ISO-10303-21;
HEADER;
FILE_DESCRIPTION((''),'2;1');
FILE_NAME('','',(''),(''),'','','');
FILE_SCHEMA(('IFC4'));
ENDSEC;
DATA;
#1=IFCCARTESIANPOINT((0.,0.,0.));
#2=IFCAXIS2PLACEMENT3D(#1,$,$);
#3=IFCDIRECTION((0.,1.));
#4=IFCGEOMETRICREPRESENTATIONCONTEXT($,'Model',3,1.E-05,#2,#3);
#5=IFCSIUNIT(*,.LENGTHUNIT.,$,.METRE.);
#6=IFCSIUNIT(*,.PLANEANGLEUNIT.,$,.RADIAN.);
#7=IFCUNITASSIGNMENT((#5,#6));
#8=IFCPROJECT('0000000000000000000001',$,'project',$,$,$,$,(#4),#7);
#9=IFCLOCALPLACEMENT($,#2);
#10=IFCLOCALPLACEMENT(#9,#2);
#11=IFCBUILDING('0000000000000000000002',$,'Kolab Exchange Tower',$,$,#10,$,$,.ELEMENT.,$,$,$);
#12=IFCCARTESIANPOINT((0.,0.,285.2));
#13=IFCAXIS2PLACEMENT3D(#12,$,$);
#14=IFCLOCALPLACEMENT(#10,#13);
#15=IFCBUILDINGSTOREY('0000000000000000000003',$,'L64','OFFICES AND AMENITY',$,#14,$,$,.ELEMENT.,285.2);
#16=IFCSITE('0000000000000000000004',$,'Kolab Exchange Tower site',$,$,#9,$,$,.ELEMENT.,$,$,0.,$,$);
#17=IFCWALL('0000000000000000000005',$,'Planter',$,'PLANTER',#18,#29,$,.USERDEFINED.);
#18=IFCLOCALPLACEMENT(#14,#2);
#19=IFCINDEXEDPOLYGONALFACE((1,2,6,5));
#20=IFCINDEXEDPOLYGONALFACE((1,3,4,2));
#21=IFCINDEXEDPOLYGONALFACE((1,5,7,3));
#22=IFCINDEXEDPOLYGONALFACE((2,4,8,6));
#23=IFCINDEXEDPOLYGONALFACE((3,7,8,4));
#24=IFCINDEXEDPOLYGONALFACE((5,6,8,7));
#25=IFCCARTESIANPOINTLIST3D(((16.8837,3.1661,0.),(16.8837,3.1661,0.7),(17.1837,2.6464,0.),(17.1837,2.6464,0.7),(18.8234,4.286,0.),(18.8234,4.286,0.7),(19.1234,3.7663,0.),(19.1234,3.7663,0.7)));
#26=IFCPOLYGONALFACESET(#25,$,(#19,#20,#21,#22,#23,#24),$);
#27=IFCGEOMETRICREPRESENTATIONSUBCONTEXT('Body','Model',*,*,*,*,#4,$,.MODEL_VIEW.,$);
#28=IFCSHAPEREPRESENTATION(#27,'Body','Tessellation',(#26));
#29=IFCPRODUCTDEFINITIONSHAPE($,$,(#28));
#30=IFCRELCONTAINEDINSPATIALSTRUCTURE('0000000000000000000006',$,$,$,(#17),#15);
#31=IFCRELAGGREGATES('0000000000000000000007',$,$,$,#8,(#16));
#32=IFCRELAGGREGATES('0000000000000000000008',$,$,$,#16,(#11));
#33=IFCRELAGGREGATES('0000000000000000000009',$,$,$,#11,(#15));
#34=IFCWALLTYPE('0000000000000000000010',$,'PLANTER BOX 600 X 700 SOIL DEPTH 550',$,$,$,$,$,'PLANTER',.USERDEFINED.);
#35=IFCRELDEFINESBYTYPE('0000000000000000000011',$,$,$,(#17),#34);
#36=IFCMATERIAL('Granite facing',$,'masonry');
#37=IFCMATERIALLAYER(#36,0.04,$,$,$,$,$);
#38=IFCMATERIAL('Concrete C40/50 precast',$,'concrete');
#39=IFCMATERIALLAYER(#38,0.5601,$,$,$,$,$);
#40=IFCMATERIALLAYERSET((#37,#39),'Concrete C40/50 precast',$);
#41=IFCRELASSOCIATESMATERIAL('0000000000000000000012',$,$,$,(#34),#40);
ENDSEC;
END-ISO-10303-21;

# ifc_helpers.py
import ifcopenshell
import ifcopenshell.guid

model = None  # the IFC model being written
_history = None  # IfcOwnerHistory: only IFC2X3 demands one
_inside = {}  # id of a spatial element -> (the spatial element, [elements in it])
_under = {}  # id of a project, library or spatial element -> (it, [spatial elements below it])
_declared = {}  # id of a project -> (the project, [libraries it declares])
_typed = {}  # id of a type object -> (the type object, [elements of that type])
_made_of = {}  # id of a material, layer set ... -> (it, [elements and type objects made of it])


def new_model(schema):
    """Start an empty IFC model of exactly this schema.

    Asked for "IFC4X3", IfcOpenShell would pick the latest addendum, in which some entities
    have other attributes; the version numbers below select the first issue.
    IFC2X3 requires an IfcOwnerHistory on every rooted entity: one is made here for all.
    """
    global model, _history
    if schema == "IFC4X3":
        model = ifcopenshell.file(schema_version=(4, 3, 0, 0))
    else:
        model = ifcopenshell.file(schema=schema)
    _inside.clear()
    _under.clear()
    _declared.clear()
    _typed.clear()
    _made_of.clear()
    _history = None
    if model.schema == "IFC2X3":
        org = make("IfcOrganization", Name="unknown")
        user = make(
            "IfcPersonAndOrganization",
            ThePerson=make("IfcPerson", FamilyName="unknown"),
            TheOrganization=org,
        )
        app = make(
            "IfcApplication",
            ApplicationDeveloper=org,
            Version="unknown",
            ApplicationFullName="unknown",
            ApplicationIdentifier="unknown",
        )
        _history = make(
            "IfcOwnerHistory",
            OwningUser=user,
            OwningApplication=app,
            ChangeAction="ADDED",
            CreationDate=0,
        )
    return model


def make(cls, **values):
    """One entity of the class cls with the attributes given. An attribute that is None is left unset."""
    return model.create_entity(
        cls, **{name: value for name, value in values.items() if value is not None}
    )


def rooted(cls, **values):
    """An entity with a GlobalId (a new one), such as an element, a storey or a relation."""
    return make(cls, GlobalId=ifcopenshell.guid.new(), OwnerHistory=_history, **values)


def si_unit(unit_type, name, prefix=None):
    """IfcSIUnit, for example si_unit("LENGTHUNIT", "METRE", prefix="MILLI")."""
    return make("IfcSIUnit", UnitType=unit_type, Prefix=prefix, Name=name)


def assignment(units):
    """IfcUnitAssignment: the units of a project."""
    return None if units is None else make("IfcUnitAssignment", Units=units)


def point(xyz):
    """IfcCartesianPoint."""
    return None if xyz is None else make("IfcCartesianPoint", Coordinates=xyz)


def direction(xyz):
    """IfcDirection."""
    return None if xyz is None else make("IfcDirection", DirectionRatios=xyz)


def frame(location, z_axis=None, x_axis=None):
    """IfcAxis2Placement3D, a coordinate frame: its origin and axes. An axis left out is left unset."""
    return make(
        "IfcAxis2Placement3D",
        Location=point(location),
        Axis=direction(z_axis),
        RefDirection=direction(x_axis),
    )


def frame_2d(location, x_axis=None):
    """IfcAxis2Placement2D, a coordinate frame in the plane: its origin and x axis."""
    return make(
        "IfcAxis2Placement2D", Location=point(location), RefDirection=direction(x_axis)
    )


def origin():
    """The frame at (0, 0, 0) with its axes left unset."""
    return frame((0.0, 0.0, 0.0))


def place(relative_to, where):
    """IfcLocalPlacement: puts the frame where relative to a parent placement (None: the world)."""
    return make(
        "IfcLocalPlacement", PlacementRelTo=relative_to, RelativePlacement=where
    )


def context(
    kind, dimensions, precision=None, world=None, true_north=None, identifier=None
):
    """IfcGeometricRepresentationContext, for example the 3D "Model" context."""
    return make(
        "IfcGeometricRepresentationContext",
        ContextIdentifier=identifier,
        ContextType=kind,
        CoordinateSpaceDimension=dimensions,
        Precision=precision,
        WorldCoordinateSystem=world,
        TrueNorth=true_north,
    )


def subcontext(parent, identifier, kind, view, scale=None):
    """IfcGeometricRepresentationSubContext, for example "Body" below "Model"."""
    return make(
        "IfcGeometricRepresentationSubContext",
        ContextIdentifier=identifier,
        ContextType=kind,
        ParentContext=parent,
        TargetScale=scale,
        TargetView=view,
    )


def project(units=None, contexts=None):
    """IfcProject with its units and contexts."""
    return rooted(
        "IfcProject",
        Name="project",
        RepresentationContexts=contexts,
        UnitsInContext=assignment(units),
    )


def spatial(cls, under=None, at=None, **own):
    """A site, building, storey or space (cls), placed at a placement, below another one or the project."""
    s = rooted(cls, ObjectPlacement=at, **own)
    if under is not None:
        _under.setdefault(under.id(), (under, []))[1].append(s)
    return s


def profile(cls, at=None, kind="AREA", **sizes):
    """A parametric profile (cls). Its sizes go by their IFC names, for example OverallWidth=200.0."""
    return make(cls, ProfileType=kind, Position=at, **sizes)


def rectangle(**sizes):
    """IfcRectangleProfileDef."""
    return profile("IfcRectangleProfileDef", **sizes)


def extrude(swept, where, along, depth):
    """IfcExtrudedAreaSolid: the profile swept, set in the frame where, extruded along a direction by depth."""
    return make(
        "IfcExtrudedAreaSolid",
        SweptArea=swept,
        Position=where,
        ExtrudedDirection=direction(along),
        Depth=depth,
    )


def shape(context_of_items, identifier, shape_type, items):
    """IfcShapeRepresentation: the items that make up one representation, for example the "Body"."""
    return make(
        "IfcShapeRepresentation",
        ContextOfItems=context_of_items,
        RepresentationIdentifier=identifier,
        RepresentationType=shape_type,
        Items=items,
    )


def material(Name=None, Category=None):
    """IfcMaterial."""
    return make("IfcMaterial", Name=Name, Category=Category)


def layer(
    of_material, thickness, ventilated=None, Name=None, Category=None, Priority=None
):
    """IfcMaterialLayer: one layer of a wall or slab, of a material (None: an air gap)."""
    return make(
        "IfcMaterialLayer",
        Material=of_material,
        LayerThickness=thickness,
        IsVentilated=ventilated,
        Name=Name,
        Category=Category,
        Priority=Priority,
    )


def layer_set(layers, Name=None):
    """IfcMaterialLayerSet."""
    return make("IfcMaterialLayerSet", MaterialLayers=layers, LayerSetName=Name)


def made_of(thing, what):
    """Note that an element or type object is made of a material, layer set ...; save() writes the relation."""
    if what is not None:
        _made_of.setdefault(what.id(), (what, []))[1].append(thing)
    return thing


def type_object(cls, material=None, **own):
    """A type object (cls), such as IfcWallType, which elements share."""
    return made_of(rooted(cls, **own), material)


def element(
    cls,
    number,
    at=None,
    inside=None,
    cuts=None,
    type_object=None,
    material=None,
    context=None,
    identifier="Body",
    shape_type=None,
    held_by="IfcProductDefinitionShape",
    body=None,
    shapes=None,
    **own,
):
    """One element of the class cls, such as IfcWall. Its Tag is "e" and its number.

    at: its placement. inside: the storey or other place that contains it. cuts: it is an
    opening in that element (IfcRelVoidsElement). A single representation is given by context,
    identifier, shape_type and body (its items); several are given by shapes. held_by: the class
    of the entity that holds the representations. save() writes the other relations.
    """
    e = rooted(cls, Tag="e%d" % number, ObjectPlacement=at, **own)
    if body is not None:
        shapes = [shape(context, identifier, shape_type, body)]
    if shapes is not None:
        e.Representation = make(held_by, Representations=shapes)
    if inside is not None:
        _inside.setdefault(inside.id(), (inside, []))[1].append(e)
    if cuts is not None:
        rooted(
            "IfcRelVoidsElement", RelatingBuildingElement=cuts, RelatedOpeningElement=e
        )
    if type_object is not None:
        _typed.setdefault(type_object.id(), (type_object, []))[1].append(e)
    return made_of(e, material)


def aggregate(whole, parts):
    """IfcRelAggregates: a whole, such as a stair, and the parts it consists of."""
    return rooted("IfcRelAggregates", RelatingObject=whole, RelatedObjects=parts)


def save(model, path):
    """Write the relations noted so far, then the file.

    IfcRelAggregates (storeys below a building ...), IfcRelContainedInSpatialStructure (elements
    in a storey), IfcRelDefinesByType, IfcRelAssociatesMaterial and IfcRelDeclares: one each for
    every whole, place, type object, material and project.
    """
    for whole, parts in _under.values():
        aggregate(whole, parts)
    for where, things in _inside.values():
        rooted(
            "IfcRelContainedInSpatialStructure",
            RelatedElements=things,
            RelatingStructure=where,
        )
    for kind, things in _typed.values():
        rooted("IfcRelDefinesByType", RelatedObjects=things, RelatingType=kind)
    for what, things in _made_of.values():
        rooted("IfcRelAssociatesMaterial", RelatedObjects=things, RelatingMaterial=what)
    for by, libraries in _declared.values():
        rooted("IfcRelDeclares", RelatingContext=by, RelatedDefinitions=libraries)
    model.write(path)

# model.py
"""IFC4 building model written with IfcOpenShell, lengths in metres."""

from ifc_helpers import new_model, si_unit, direction, frame, frame_2d, origin, place, context, subcontext, project, spatial, rectangle, extrude, material, layer, layer_set, type_object, element, save


model = new_model("IFC4")

# Units and contexts
model_context = context("Model", 3, precision=1e-05, world=origin(), true_north=direction((0.0, 1.0)))
body_context = subcontext(model_context, "Body", "Model", "MODEL_VIEW")
ifc_project = project(units=[si_unit("LENGTHUNIT", "METRE"), si_unit("PLANEANGLEUNIT", "RADIAN")], contexts=[model_context])

# Site, building, storey
site_placement = place(None, origin())
site = spatial("IfcSite", under=ifc_project, at=site_placement, Name="Kolab Exchange Tower site", CompositionType="ELEMENT", RefElevation=0.0)
building_placement = place(site_placement, origin())
building = spatial("IfcBuilding", under=site, at=building_placement, Name="Kolab Exchange Tower", CompositionType="ELEMENT")
storey_placement = place(building_placement, frame((0.0, 0.0, 285.2)))
storey = spatial("IfcBuildingStorey", under=building, at=storey_placement, Name="L64", Description="OFFICES AND AMENITY", CompositionType="ELEMENT", Elevation=285.2)

# Wall
ifc_material_1 = material(Name="Granite facing", Category="masonry")
ifc_layer_1 = layer(ifc_material_1, 0.04)
ifc_material_2 = material(Name="Concrete C40/50 precast", Category="concrete")
ifc_layer_2 = layer(ifc_material_2, 0.5601)
ifc_layer_set_1 = layer_set([ifc_layer_1, ifc_layer_2], Name="Concrete C40/50 precast")
wall_type = type_object("IfcWallType", Name="PLANTER BOX 600 X 700 SOIL DEPTH 550", ElementType="PLANTER", PredefinedType="USERDEFINED", material=ifc_layer_set_1)
wall_placement = place(storey_placement, frame((17.0337, 2.9062, 0.0), z_axis=(0.0, 0.0, 1.0), x_axis=(0.866028, 0.499996, 0.0)))
element("IfcWall", 1, at=wall_placement, inside=storey, type_object=wall_type, Name="Planter", ObjectType="PLANTER", PredefinedType="USERDEFINED", context=body_context, shape_type="SweptSolid", body=[
    extrude(rectangle(XDim=2.2397, YDim=0.6001, at=frame_2d((1.1199, 0.0))), origin(), (0.0, 0.0, 1.0), 0.7),
])

save(model, "model.ifc")
